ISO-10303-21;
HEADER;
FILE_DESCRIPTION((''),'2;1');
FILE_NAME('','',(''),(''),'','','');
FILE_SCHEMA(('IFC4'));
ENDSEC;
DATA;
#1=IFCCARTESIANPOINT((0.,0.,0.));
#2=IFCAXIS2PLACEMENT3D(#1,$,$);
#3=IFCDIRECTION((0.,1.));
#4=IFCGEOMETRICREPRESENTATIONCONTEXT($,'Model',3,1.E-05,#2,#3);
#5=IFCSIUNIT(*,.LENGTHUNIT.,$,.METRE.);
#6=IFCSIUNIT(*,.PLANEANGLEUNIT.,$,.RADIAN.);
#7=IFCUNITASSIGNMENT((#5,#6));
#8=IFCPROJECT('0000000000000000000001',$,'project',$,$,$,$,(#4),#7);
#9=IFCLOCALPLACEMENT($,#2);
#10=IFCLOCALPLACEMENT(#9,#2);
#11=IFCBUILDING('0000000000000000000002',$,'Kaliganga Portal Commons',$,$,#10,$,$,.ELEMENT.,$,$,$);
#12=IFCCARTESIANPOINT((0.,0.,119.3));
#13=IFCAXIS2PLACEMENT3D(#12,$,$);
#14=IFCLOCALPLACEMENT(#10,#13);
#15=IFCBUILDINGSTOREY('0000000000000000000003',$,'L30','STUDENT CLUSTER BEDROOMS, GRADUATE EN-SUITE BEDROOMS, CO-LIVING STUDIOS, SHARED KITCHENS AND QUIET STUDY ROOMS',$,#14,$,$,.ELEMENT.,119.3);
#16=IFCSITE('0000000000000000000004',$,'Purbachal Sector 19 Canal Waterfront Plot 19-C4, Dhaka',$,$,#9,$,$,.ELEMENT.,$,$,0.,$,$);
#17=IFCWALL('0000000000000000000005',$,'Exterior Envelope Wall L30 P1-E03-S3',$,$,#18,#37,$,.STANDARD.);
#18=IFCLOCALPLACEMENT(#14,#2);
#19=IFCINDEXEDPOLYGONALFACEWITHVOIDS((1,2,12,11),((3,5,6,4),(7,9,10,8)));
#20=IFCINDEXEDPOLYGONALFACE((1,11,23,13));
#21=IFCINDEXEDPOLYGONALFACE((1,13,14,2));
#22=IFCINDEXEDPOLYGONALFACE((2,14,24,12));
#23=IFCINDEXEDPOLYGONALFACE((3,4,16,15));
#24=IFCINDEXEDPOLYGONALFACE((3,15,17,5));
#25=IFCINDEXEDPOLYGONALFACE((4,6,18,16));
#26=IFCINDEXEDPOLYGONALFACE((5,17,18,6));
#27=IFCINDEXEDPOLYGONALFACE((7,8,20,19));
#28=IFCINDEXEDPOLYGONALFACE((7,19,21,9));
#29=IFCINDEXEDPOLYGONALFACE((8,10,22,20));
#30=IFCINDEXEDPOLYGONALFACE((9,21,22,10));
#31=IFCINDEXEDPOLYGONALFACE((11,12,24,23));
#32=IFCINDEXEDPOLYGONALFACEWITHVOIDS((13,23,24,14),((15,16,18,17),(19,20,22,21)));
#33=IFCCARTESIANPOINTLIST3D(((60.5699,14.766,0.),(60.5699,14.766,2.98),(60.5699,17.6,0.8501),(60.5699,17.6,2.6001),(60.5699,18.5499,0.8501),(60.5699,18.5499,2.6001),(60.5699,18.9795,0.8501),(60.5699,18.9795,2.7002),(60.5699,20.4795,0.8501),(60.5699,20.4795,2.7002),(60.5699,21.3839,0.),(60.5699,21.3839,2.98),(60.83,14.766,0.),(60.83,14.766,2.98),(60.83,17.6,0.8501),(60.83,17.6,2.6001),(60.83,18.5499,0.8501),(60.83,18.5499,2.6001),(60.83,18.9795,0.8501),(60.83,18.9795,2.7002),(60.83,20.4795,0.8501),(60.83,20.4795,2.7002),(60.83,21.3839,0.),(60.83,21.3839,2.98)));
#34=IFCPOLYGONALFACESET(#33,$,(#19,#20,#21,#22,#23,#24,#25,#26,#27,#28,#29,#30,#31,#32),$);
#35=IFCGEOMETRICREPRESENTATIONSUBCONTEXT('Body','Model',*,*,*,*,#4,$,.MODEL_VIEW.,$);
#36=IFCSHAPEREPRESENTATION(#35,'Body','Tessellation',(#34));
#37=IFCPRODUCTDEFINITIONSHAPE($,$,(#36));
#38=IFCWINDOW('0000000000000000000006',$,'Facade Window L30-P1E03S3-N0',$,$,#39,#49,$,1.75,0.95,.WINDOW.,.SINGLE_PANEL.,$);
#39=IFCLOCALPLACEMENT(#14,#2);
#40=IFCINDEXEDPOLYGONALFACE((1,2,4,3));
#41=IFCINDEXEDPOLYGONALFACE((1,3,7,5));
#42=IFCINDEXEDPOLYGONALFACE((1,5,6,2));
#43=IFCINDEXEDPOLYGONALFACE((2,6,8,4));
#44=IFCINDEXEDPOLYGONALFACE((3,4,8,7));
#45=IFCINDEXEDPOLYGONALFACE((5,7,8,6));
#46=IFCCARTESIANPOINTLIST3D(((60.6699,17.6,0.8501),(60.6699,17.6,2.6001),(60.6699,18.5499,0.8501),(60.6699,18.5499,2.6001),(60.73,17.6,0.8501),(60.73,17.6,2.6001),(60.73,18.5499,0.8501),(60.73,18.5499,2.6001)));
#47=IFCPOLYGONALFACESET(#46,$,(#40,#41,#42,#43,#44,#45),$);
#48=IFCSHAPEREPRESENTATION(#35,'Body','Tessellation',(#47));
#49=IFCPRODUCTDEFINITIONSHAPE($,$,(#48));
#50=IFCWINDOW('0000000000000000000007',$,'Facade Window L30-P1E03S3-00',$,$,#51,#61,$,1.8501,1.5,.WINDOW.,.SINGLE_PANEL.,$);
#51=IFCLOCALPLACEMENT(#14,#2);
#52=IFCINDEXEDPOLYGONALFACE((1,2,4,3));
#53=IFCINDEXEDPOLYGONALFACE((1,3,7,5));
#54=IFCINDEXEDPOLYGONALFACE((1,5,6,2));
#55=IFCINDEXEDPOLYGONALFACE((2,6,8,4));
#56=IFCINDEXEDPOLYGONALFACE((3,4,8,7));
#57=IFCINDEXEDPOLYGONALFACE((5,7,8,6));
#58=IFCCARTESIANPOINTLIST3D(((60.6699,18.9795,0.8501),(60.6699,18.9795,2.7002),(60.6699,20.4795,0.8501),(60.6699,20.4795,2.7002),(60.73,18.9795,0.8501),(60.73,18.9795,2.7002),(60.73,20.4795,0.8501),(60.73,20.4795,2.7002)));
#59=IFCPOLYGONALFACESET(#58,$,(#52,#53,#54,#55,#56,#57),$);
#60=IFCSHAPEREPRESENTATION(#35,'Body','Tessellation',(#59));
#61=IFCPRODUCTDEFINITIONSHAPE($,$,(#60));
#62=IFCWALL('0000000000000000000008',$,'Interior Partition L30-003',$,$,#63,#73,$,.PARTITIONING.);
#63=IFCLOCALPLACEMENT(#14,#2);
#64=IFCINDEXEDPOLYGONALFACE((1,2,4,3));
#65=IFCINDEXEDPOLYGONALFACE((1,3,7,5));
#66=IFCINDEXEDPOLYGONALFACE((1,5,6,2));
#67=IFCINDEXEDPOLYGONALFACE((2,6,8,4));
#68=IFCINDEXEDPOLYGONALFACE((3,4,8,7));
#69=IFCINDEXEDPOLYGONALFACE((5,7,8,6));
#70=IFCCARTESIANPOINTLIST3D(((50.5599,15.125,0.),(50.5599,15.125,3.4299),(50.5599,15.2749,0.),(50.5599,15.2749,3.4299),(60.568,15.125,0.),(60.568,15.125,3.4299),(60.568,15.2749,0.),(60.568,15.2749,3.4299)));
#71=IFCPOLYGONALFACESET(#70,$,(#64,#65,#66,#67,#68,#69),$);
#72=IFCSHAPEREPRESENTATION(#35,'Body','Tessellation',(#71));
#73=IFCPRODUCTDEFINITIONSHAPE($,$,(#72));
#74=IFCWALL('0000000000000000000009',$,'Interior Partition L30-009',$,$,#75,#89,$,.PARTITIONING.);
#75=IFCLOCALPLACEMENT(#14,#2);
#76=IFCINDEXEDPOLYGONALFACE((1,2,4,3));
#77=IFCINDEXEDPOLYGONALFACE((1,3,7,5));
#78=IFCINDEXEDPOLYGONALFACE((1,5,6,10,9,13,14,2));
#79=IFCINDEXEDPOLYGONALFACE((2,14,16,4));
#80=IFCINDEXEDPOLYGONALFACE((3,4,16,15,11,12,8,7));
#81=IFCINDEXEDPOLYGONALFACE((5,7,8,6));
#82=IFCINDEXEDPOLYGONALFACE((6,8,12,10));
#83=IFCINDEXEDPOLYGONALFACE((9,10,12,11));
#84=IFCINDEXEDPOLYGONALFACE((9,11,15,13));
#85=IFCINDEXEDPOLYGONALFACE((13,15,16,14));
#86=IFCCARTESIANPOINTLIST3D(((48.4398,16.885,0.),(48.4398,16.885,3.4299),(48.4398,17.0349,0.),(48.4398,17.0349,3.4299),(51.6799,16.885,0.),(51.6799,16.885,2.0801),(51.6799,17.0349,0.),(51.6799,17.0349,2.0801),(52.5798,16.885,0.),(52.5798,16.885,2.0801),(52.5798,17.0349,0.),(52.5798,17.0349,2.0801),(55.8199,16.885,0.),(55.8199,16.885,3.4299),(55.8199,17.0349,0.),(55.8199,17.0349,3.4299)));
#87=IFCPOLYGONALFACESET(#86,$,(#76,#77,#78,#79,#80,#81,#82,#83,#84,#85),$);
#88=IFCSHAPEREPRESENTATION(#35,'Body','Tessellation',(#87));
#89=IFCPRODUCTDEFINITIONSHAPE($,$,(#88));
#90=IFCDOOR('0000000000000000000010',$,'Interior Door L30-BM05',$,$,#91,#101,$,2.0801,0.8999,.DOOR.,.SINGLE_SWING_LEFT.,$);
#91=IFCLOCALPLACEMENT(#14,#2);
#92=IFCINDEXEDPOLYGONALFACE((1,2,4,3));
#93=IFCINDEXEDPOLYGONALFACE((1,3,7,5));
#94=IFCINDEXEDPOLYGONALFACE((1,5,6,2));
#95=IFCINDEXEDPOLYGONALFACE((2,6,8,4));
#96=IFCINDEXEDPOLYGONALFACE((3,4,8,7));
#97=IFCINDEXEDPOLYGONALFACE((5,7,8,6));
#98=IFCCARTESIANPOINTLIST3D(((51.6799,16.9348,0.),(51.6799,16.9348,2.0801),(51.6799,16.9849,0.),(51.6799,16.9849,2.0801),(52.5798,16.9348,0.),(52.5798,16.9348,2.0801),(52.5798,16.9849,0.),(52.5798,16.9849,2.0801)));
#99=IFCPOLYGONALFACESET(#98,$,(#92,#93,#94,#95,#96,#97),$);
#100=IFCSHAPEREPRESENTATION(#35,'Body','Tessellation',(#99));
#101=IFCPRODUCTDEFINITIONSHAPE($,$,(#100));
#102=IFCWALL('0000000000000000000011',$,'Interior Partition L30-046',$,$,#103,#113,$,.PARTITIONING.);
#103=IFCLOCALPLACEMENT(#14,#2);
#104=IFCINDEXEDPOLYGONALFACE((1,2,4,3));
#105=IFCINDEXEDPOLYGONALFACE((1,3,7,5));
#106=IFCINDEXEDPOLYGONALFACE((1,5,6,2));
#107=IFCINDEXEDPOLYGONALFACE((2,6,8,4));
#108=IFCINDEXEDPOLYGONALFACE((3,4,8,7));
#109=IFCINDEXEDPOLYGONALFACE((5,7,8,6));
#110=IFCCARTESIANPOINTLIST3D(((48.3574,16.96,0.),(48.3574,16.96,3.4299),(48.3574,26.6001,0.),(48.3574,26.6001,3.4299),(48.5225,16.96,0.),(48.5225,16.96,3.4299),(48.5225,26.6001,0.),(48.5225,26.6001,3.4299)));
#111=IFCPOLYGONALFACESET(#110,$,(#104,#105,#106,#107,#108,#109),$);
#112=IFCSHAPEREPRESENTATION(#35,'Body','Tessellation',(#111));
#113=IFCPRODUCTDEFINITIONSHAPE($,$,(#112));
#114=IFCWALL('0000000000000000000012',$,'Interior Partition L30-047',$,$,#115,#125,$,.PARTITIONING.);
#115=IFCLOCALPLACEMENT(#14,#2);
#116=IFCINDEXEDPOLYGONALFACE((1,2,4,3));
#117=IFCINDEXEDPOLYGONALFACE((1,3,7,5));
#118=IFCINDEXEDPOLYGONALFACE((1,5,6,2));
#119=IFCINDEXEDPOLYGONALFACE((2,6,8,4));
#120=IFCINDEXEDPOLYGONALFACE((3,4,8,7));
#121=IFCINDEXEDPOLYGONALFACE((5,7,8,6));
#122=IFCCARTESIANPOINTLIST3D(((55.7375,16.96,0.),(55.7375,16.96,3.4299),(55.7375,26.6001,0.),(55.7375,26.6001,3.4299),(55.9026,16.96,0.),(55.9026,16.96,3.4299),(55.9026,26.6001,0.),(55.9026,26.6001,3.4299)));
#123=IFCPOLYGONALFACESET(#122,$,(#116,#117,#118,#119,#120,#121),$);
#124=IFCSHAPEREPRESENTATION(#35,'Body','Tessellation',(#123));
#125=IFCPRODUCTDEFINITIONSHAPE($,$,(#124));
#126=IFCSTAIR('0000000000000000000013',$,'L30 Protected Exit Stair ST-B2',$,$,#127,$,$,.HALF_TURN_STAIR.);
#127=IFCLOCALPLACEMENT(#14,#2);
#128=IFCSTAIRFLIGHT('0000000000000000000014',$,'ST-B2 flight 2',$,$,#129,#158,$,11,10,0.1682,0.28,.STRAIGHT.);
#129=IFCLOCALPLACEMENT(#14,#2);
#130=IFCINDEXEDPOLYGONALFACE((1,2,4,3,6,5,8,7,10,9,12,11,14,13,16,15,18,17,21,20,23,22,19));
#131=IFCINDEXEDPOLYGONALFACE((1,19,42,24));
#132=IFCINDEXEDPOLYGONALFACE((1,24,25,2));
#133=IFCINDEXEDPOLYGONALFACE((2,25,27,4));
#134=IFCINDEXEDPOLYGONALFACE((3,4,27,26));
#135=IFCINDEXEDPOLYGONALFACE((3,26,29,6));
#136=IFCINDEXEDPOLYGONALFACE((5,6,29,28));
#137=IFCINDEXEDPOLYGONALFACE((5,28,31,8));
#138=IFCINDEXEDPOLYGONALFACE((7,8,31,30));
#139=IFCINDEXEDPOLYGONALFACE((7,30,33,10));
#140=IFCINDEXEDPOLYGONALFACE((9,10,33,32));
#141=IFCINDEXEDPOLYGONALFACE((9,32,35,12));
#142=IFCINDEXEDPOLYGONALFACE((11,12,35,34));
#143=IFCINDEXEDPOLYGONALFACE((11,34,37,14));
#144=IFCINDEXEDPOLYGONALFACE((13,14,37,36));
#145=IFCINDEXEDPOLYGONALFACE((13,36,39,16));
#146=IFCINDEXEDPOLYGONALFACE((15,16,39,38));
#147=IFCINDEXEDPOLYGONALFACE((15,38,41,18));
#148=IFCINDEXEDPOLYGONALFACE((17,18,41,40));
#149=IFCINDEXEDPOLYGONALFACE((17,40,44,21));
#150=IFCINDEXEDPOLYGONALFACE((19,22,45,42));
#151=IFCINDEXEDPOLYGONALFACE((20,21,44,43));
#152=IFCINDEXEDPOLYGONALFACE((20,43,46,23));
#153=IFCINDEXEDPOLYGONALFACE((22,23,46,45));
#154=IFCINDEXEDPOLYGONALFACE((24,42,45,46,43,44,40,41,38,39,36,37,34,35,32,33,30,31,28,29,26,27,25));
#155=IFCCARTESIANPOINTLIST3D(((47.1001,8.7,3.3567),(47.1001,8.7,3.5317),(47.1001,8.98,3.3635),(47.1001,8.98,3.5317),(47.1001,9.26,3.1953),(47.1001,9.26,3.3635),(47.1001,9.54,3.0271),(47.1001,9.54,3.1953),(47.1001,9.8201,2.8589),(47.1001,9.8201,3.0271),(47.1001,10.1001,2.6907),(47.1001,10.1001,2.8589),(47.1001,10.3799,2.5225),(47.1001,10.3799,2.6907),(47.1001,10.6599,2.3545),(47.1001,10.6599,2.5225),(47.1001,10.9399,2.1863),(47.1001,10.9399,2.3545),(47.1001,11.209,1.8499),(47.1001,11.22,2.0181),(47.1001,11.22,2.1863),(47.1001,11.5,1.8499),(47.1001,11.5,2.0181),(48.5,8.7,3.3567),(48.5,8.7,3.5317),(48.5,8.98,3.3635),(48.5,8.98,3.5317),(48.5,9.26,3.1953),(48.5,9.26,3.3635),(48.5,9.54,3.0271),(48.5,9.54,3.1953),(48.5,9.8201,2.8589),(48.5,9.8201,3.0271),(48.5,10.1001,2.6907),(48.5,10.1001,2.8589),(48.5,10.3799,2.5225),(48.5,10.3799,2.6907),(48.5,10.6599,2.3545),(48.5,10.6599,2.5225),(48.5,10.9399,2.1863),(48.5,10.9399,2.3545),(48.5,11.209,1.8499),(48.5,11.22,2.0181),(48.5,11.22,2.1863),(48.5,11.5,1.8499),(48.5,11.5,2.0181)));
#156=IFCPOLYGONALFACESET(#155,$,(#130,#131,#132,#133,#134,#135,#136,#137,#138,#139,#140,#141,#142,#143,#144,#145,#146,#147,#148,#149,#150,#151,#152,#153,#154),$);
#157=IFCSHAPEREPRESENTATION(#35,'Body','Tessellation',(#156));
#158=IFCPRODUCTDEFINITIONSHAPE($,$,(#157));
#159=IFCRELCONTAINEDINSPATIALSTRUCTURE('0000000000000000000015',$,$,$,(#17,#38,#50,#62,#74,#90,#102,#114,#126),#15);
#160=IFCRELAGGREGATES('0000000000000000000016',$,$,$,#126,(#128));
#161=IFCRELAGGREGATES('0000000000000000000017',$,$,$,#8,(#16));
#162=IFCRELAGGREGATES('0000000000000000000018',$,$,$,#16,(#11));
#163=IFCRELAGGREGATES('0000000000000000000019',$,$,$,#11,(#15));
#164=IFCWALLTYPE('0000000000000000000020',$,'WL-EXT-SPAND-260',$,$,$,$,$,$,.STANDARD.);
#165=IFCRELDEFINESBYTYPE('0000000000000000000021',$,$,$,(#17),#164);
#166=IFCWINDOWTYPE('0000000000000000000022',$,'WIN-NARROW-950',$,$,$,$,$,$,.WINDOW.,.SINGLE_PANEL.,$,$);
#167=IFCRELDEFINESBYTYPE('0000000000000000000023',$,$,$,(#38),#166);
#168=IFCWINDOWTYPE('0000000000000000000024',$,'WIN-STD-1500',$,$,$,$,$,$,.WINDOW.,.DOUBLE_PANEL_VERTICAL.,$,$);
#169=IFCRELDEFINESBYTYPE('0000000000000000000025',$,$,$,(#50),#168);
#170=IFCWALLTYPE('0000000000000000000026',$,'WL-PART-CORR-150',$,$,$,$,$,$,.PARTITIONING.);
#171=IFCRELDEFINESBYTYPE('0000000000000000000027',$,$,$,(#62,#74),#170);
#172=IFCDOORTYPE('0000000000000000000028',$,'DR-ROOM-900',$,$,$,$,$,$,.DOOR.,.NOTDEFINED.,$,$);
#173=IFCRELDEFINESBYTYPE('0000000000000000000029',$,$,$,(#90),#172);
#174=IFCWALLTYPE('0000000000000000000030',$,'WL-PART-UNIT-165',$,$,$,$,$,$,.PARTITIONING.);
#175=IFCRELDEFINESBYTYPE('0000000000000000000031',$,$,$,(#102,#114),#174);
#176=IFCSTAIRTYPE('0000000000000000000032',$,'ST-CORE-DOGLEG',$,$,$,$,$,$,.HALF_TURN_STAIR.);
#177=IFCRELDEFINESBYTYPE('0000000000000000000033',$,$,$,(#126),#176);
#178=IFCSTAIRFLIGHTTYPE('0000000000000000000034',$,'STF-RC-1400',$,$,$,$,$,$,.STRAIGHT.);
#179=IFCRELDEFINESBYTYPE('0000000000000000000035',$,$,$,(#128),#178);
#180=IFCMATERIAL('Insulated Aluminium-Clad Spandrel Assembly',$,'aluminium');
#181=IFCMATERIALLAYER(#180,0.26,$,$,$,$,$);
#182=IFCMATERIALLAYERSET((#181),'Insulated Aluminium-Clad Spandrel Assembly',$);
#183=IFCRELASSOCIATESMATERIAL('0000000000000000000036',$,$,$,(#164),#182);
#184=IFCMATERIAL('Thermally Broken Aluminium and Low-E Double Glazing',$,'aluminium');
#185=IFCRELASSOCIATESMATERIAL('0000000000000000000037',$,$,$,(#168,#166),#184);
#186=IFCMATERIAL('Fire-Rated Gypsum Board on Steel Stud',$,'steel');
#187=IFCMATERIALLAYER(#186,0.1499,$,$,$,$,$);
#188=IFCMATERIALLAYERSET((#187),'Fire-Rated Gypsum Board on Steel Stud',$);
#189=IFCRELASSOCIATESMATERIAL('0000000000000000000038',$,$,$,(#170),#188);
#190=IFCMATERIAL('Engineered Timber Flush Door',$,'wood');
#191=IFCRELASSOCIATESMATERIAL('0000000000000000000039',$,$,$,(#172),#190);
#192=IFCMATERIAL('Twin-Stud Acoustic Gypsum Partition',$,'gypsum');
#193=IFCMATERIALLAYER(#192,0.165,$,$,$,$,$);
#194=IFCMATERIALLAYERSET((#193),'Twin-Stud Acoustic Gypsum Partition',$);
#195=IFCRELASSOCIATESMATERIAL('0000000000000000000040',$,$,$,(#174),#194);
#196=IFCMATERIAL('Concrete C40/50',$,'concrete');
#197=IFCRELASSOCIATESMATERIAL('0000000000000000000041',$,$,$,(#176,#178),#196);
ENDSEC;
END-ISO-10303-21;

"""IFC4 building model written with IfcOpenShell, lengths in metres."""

from ifc_helpers import new_model, si_unit, direction, frame, frame_2d, origin, place, context, subcontext, project, spatial, polyline, rectangle, outline, extrude, material, layer, layer_set, type_object, element, fill, aggregate, save


model = new_model("IFC4")

# Units and contexts
model_context = context("Model", 3, precision=1e-05, world=origin(), true_north=direction((0.0, 1.0)))
body_context = subcontext(model_context, "Body", "Model", "MODEL_VIEW")
ifc_project = project(units=[si_unit("LENGTHUNIT", "METRE"), si_unit("PLANEANGLEUNIT", "RADIAN")], contexts=[model_context])

# Site, building, storey
site_placement = place(None, origin())
site = spatial("IfcSite", under=ifc_project, at=site_placement, Name="Purbachal Sector 19 Canal Waterfront Plot 19-C4, Dhaka", CompositionType="ELEMENT", RefElevation=0.0)
building_placement = place(site_placement, origin())
building = spatial("IfcBuilding", under=site, at=building_placement, Name="Kaliganga Portal Commons", CompositionType="ELEMENT")
storey_placement = place(building_placement, frame((0.0, 0.0, 119.3)))
storey = spatial("IfcBuildingStorey", under=building, at=storey_placement, Name="L30", Description="STUDENT CLUSTER BEDROOMS, GRADUATE EN-SUITE BEDROOMS, CO-LIVING STUDIOS, SHARED KITCHENS AND QUIET STUDY ROOMS", CompositionType="ELEMENT", Elevation=119.3)

# Shared definitions
ifc_material_1 = material(Name="Insulated Aluminium-Clad Spandrel Assembly", Category="aluminium")
ifc_layer_1 = layer(ifc_material_1, 0.26)
ifc_layer_set_1 = layer_set([ifc_layer_1], Name="Insulated Aluminium-Clad Spandrel Assembly")
wall_type_1 = type_object("IfcWallType", Name="WL-EXT-SPAND-260", PredefinedType="STANDARD", material=ifc_layer_set_1)
ifc_material_2 = material(Name="Thermally Broken Aluminium and Low-E Double Glazing", Category="aluminium")
window_type_1 = type_object("IfcWindowType", Name="WIN-STD-1500", PartitioningType="DOUBLE_PANEL_VERTICAL", PredefinedType="WINDOW", material=ifc_material_2)

# Wall, openings, windows
wall_1_placement = place(storey_placement, frame((60.7, 21.384, 0.0), z_axis=(0.0, 0.0, 1.0), x_axis=(0.0, -1.0, 0.0)))
wall_1 = element("IfcWall", 1, at=wall_1_placement, inside=storey, type_object=wall_type_1, Name="Exterior Envelope Wall L30 P1-E03-S3", PredefinedType="STANDARD", context=body_context, shape_type="SweptSolid", body=[
    extrude(rectangle(XDim=6.6179, YDim=0.26, at=frame_2d((3.3091, 0.0))), origin(), (0.0, 0.0, 1.0), 2.98),
])
opening_1_placement = place(wall_1_placement, frame((0.9045, 0.0, 0.8501)))
opening_1 = element("IfcOpeningElement", 2, at=opening_1_placement, cuts=wall_1, PredefinedType="OPENING", context=body_context, shape_type="SweptSolid", body=[
    extrude(rectangle(XDim=1.5, YDim=1.8501, at=frame_2d((0.75, 0.925))), frame((0.0, 0.1401, 0.0), z_axis=(0.0, -1.0, 0.0), x_axis=(1.0, 0.0, 0.0)), (0.0, 0.0, 1.0), 0.28),
])
opening_2_placement = place(wall_1_placement, frame((2.834, 0.0, 0.8501)))
opening_2 = element("IfcOpeningElement", 3, at=opening_2_placement, cuts=wall_1, PredefinedType="OPENING", context=body_context, shape_type="SweptSolid", body=[
    extrude(rectangle(XDim=0.95, YDim=1.75, at=frame_2d((0.4751, 0.875))), frame((0.0, 0.1401, 0.0), z_axis=(0.0, -1.0, 0.0), x_axis=(1.0, 0.0, 0.0)), (0.0, 0.0, 1.0), 0.28),
])
window_type_2 = type_object("IfcWindowType", Name="WIN-NARROW-950", PartitioningType="SINGLE_PANEL", PredefinedType="WINDOW", material=ifc_material_2)
window_1_placement = place(opening_2_placement, origin())
window_1 = element("IfcWindow", 4, at=window_1_placement, inside=storey, type_object=window_type_2, Name="Facade Window L30-P1E03S3-N0", OverallHeight=1.75, OverallWidth=0.95, PartitioningType="SINGLE_PANEL", PredefinedType="WINDOW", context=body_context, shape_type="SweptSolid", body=[
    extrude(rectangle(XDim=0.95, YDim=1.75, at=frame_2d((0.4751, 0.875))), frame((0.0, 0.03, 0.0), z_axis=(0.0, -1.0, 0.0), x_axis=(1.0, 0.0, 0.0)), (0.0, 0.0, 1.0), 0.0601),
])
fill(opening_2, window_1)
window_2_placement = place(opening_1_placement, origin())
window_2 = element("IfcWindow", 5, at=window_2_placement, inside=storey, type_object=window_type_1, Name="Facade Window L30-P1E03S3-00", OverallHeight=1.8501, OverallWidth=1.5, PartitioningType="SINGLE_PANEL", PredefinedType="WINDOW", context=body_context, shape_type="SweptSolid", body=[
    extrude(rectangle(XDim=1.5, YDim=1.8501, at=frame_2d((0.75, 0.925))), frame((0.0, 0.03, 0.0), z_axis=(0.0, -1.0, 0.0), x_axis=(1.0, 0.0, 0.0)), (0.0, 0.0, 1.0), 0.0601),
])
fill(opening_1, window_2)

# Wall
ifc_material_3 = material(Name="Fire-Rated Gypsum Board on Steel Stud", Category="steel")
ifc_layer_2 = layer(ifc_material_3, 0.1499)
ifc_layer_set_2 = layer_set([ifc_layer_2], Name="Fire-Rated Gypsum Board on Steel Stud")
wall_type_2 = type_object("IfcWallType", Name="WL-PART-CORR-150", PredefinedType="PARTITIONING", material=ifc_layer_set_2)
wall_2_placement = place(storey_placement, frame((50.5601, 15.2, 0.0), z_axis=(0.0, 0.0, 1.0), x_axis=(1.0, 0.0, 0.0)))
element("IfcWall", 6, at=wall_2_placement, inside=storey, type_object=wall_type_2, Name="Interior Partition L30-003", PredefinedType="PARTITIONING", context=body_context, shape_type="SweptSolid", body=[
    extrude(rectangle(XDim=10.0081, YDim=0.1499, at=frame_2d((5.0039, 0.0))), origin(), (0.0, 0.0, 1.0), 3.4299),
])

# Wall, opening, door
wall_3_placement = place(storey_placement, frame((48.4399, 16.96, 0.0), z_axis=(0.0, 0.0, 1.0), x_axis=(1.0, 0.0, 0.0)))
wall_3 = element("IfcWall", 7, at=wall_3_placement, inside=storey, type_object=wall_type_2, Name="Interior Partition L30-009", PredefinedType="PARTITIONING", context=body_context, shape_type="SweptSolid", body=[
    extrude(rectangle(XDim=7.3801, YDim=0.1499, at=frame_2d((3.6899, 0.0))), origin(), (0.0, 0.0, 1.0), 3.4299),
])
opening_3_placement = place(wall_3_placement, frame((3.24, 0.0, 0.0)))
opening_3 = element("IfcOpeningElement", 8, at=opening_3_placement, cuts=wall_3, PredefinedType="OPENING", context=body_context, shape_type="SweptSolid", body=[
    extrude(rectangle(XDim=0.8999, YDim=2.0801, at=frame_2d((0.45, 1.04))), frame((0.0, 0.085, 0.0), z_axis=(0.0, -1.0, 0.0), x_axis=(1.0, 0.0, 0.0)), (0.0, 0.0, 1.0), 0.1699),
])
ifc_material_4 = material(Name="Engineered Timber Flush Door", Category="wood")
door_type_1 = type_object("IfcDoorType", Name="DR-ROOM-900", OperationType="NOTDEFINED", PredefinedType="DOOR", material=ifc_material_4)
door_1_placement = place(opening_3_placement, origin())
door_1 = element("IfcDoor", 9, at=door_1_placement, inside=storey, type_object=door_type_1, Name="Interior Door L30-BM05", OperationType="SINGLE_SWING_LEFT", OverallHeight=2.0801, OverallWidth=0.8999, PredefinedType="DOOR", context=body_context, shape_type="SweptSolid", body=[
    extrude(rectangle(XDim=0.8999, YDim=2.0801, at=frame_2d((0.45, 1.04))), frame((0.0, 0.0249, 0.0), z_axis=(0.0, -1.0, 0.0), x_axis=(1.0, 0.0, 0.0)), (0.0, 0.0, 1.0), 0.05),
])
fill(opening_3, door_1)

# Walls
ifc_material_5 = material(Name="Twin-Stud Acoustic Gypsum Partition", Category="gypsum")
ifc_layer_3 = layer(ifc_material_5, 0.165)
ifc_layer_set_3 = layer_set([ifc_layer_3], Name="Twin-Stud Acoustic Gypsum Partition")
wall_type_3 = type_object("IfcWallType", Name="WL-PART-UNIT-165", PredefinedType="PARTITIONING", material=ifc_layer_set_3)
for number, where, z_axis, x_axis, name in (
    (10, (48.4399, 16.96, 0.0), (0.0, 0.0, 1.0), (0.0, 1.0, 0.0), "Interior Partition L30-046"),
    (11, (55.8201, 16.96, 0.0), (0.0, 0.0, 1.0), (0.0, 1.0, 0.0), "Interior Partition L30-047"),
):
    element("IfcWall", number, at=place(storey_placement, frame(where, z_axis=z_axis, x_axis=x_axis)), inside=storey, type_object=wall_type_3, Name=name, PredefinedType="PARTITIONING", context=body_context, shape_type="SweptSolid", body=[
        extrude(rectangle(XDim=9.6401, YDim=0.165, at=frame_2d((4.8201, 0.0))), origin(), (0.0, 0.0, 1.0), 3.4299),
    ])

# Stair, stair flight
ifc_material_6 = material(Name="Concrete C40/50", Category="concrete")
stair_type = type_object("IfcStairType", Name="ST-CORE-DOGLEG", PredefinedType="HALF_TURN_STAIR", material=ifc_material_6)
stair_placement = place(storey_placement, origin())
stair = element("IfcStair", 12, at=stair_placement, inside=storey, type_object=stair_type, Name="L30 Protected Exit Stair ST-B2", PredefinedType="HALF_TURN_STAIR")
stair_flight_type = type_object("IfcStairFlightType", Name="STF-RC-1400", PredefinedType="STRAIGHT", material=ifc_material_6)
stair_flight_placement = place(storey_placement, frame((47.8, 11.5, 1.8499), z_axis=(0.0, 0.0, 1.0), x_axis=(0.0, -1.0, 0.0)))
stair_flight = element("IfcStairFlight", 13, at=stair_flight_placement, type_object=stair_flight_type, Name="ST-B2 flight 2", NumberOfRisers=11, NumberOfTreads=10, PredefinedType="STRAIGHT", RiserHeight=0.1682, TreadLength=0.28, context=body_context, shape_type="SweptSolid", body=[
    extrude(outline(polyline([(0.0, 0.0), (0.0, 0.1682), (0.28, 0.1682), (0.28, 0.3364), (0.5601, 0.3364), (0.5601, 0.5046), (0.8401, 0.5046), (0.8401, 0.6726), (1.1201, 0.6726), (1.1201, 0.8408), (1.3999, 0.8408), (1.3999, 1.009), (1.6799, 1.009), (1.6799, 1.1772), (1.96, 1.1772), (1.96, 1.3455), (2.24, 1.3455), (2.24, 1.5137), (2.52, 1.5137), (2.52, 1.6819), (2.8, 1.6819), (2.8, 1.8501), (2.8, 1.5068), (0.291, 0.0), (0.0, 0.0)])), frame((0.0, 0.7, 0.0), z_axis=(0.0, -1.0, 0.0), x_axis=(1.0, 0.0, 0.0)), (0.0, 0.0, 1.0), 1.3999),
])
aggregate(stair, [stair_flight])

save(model, "model.ifc")
